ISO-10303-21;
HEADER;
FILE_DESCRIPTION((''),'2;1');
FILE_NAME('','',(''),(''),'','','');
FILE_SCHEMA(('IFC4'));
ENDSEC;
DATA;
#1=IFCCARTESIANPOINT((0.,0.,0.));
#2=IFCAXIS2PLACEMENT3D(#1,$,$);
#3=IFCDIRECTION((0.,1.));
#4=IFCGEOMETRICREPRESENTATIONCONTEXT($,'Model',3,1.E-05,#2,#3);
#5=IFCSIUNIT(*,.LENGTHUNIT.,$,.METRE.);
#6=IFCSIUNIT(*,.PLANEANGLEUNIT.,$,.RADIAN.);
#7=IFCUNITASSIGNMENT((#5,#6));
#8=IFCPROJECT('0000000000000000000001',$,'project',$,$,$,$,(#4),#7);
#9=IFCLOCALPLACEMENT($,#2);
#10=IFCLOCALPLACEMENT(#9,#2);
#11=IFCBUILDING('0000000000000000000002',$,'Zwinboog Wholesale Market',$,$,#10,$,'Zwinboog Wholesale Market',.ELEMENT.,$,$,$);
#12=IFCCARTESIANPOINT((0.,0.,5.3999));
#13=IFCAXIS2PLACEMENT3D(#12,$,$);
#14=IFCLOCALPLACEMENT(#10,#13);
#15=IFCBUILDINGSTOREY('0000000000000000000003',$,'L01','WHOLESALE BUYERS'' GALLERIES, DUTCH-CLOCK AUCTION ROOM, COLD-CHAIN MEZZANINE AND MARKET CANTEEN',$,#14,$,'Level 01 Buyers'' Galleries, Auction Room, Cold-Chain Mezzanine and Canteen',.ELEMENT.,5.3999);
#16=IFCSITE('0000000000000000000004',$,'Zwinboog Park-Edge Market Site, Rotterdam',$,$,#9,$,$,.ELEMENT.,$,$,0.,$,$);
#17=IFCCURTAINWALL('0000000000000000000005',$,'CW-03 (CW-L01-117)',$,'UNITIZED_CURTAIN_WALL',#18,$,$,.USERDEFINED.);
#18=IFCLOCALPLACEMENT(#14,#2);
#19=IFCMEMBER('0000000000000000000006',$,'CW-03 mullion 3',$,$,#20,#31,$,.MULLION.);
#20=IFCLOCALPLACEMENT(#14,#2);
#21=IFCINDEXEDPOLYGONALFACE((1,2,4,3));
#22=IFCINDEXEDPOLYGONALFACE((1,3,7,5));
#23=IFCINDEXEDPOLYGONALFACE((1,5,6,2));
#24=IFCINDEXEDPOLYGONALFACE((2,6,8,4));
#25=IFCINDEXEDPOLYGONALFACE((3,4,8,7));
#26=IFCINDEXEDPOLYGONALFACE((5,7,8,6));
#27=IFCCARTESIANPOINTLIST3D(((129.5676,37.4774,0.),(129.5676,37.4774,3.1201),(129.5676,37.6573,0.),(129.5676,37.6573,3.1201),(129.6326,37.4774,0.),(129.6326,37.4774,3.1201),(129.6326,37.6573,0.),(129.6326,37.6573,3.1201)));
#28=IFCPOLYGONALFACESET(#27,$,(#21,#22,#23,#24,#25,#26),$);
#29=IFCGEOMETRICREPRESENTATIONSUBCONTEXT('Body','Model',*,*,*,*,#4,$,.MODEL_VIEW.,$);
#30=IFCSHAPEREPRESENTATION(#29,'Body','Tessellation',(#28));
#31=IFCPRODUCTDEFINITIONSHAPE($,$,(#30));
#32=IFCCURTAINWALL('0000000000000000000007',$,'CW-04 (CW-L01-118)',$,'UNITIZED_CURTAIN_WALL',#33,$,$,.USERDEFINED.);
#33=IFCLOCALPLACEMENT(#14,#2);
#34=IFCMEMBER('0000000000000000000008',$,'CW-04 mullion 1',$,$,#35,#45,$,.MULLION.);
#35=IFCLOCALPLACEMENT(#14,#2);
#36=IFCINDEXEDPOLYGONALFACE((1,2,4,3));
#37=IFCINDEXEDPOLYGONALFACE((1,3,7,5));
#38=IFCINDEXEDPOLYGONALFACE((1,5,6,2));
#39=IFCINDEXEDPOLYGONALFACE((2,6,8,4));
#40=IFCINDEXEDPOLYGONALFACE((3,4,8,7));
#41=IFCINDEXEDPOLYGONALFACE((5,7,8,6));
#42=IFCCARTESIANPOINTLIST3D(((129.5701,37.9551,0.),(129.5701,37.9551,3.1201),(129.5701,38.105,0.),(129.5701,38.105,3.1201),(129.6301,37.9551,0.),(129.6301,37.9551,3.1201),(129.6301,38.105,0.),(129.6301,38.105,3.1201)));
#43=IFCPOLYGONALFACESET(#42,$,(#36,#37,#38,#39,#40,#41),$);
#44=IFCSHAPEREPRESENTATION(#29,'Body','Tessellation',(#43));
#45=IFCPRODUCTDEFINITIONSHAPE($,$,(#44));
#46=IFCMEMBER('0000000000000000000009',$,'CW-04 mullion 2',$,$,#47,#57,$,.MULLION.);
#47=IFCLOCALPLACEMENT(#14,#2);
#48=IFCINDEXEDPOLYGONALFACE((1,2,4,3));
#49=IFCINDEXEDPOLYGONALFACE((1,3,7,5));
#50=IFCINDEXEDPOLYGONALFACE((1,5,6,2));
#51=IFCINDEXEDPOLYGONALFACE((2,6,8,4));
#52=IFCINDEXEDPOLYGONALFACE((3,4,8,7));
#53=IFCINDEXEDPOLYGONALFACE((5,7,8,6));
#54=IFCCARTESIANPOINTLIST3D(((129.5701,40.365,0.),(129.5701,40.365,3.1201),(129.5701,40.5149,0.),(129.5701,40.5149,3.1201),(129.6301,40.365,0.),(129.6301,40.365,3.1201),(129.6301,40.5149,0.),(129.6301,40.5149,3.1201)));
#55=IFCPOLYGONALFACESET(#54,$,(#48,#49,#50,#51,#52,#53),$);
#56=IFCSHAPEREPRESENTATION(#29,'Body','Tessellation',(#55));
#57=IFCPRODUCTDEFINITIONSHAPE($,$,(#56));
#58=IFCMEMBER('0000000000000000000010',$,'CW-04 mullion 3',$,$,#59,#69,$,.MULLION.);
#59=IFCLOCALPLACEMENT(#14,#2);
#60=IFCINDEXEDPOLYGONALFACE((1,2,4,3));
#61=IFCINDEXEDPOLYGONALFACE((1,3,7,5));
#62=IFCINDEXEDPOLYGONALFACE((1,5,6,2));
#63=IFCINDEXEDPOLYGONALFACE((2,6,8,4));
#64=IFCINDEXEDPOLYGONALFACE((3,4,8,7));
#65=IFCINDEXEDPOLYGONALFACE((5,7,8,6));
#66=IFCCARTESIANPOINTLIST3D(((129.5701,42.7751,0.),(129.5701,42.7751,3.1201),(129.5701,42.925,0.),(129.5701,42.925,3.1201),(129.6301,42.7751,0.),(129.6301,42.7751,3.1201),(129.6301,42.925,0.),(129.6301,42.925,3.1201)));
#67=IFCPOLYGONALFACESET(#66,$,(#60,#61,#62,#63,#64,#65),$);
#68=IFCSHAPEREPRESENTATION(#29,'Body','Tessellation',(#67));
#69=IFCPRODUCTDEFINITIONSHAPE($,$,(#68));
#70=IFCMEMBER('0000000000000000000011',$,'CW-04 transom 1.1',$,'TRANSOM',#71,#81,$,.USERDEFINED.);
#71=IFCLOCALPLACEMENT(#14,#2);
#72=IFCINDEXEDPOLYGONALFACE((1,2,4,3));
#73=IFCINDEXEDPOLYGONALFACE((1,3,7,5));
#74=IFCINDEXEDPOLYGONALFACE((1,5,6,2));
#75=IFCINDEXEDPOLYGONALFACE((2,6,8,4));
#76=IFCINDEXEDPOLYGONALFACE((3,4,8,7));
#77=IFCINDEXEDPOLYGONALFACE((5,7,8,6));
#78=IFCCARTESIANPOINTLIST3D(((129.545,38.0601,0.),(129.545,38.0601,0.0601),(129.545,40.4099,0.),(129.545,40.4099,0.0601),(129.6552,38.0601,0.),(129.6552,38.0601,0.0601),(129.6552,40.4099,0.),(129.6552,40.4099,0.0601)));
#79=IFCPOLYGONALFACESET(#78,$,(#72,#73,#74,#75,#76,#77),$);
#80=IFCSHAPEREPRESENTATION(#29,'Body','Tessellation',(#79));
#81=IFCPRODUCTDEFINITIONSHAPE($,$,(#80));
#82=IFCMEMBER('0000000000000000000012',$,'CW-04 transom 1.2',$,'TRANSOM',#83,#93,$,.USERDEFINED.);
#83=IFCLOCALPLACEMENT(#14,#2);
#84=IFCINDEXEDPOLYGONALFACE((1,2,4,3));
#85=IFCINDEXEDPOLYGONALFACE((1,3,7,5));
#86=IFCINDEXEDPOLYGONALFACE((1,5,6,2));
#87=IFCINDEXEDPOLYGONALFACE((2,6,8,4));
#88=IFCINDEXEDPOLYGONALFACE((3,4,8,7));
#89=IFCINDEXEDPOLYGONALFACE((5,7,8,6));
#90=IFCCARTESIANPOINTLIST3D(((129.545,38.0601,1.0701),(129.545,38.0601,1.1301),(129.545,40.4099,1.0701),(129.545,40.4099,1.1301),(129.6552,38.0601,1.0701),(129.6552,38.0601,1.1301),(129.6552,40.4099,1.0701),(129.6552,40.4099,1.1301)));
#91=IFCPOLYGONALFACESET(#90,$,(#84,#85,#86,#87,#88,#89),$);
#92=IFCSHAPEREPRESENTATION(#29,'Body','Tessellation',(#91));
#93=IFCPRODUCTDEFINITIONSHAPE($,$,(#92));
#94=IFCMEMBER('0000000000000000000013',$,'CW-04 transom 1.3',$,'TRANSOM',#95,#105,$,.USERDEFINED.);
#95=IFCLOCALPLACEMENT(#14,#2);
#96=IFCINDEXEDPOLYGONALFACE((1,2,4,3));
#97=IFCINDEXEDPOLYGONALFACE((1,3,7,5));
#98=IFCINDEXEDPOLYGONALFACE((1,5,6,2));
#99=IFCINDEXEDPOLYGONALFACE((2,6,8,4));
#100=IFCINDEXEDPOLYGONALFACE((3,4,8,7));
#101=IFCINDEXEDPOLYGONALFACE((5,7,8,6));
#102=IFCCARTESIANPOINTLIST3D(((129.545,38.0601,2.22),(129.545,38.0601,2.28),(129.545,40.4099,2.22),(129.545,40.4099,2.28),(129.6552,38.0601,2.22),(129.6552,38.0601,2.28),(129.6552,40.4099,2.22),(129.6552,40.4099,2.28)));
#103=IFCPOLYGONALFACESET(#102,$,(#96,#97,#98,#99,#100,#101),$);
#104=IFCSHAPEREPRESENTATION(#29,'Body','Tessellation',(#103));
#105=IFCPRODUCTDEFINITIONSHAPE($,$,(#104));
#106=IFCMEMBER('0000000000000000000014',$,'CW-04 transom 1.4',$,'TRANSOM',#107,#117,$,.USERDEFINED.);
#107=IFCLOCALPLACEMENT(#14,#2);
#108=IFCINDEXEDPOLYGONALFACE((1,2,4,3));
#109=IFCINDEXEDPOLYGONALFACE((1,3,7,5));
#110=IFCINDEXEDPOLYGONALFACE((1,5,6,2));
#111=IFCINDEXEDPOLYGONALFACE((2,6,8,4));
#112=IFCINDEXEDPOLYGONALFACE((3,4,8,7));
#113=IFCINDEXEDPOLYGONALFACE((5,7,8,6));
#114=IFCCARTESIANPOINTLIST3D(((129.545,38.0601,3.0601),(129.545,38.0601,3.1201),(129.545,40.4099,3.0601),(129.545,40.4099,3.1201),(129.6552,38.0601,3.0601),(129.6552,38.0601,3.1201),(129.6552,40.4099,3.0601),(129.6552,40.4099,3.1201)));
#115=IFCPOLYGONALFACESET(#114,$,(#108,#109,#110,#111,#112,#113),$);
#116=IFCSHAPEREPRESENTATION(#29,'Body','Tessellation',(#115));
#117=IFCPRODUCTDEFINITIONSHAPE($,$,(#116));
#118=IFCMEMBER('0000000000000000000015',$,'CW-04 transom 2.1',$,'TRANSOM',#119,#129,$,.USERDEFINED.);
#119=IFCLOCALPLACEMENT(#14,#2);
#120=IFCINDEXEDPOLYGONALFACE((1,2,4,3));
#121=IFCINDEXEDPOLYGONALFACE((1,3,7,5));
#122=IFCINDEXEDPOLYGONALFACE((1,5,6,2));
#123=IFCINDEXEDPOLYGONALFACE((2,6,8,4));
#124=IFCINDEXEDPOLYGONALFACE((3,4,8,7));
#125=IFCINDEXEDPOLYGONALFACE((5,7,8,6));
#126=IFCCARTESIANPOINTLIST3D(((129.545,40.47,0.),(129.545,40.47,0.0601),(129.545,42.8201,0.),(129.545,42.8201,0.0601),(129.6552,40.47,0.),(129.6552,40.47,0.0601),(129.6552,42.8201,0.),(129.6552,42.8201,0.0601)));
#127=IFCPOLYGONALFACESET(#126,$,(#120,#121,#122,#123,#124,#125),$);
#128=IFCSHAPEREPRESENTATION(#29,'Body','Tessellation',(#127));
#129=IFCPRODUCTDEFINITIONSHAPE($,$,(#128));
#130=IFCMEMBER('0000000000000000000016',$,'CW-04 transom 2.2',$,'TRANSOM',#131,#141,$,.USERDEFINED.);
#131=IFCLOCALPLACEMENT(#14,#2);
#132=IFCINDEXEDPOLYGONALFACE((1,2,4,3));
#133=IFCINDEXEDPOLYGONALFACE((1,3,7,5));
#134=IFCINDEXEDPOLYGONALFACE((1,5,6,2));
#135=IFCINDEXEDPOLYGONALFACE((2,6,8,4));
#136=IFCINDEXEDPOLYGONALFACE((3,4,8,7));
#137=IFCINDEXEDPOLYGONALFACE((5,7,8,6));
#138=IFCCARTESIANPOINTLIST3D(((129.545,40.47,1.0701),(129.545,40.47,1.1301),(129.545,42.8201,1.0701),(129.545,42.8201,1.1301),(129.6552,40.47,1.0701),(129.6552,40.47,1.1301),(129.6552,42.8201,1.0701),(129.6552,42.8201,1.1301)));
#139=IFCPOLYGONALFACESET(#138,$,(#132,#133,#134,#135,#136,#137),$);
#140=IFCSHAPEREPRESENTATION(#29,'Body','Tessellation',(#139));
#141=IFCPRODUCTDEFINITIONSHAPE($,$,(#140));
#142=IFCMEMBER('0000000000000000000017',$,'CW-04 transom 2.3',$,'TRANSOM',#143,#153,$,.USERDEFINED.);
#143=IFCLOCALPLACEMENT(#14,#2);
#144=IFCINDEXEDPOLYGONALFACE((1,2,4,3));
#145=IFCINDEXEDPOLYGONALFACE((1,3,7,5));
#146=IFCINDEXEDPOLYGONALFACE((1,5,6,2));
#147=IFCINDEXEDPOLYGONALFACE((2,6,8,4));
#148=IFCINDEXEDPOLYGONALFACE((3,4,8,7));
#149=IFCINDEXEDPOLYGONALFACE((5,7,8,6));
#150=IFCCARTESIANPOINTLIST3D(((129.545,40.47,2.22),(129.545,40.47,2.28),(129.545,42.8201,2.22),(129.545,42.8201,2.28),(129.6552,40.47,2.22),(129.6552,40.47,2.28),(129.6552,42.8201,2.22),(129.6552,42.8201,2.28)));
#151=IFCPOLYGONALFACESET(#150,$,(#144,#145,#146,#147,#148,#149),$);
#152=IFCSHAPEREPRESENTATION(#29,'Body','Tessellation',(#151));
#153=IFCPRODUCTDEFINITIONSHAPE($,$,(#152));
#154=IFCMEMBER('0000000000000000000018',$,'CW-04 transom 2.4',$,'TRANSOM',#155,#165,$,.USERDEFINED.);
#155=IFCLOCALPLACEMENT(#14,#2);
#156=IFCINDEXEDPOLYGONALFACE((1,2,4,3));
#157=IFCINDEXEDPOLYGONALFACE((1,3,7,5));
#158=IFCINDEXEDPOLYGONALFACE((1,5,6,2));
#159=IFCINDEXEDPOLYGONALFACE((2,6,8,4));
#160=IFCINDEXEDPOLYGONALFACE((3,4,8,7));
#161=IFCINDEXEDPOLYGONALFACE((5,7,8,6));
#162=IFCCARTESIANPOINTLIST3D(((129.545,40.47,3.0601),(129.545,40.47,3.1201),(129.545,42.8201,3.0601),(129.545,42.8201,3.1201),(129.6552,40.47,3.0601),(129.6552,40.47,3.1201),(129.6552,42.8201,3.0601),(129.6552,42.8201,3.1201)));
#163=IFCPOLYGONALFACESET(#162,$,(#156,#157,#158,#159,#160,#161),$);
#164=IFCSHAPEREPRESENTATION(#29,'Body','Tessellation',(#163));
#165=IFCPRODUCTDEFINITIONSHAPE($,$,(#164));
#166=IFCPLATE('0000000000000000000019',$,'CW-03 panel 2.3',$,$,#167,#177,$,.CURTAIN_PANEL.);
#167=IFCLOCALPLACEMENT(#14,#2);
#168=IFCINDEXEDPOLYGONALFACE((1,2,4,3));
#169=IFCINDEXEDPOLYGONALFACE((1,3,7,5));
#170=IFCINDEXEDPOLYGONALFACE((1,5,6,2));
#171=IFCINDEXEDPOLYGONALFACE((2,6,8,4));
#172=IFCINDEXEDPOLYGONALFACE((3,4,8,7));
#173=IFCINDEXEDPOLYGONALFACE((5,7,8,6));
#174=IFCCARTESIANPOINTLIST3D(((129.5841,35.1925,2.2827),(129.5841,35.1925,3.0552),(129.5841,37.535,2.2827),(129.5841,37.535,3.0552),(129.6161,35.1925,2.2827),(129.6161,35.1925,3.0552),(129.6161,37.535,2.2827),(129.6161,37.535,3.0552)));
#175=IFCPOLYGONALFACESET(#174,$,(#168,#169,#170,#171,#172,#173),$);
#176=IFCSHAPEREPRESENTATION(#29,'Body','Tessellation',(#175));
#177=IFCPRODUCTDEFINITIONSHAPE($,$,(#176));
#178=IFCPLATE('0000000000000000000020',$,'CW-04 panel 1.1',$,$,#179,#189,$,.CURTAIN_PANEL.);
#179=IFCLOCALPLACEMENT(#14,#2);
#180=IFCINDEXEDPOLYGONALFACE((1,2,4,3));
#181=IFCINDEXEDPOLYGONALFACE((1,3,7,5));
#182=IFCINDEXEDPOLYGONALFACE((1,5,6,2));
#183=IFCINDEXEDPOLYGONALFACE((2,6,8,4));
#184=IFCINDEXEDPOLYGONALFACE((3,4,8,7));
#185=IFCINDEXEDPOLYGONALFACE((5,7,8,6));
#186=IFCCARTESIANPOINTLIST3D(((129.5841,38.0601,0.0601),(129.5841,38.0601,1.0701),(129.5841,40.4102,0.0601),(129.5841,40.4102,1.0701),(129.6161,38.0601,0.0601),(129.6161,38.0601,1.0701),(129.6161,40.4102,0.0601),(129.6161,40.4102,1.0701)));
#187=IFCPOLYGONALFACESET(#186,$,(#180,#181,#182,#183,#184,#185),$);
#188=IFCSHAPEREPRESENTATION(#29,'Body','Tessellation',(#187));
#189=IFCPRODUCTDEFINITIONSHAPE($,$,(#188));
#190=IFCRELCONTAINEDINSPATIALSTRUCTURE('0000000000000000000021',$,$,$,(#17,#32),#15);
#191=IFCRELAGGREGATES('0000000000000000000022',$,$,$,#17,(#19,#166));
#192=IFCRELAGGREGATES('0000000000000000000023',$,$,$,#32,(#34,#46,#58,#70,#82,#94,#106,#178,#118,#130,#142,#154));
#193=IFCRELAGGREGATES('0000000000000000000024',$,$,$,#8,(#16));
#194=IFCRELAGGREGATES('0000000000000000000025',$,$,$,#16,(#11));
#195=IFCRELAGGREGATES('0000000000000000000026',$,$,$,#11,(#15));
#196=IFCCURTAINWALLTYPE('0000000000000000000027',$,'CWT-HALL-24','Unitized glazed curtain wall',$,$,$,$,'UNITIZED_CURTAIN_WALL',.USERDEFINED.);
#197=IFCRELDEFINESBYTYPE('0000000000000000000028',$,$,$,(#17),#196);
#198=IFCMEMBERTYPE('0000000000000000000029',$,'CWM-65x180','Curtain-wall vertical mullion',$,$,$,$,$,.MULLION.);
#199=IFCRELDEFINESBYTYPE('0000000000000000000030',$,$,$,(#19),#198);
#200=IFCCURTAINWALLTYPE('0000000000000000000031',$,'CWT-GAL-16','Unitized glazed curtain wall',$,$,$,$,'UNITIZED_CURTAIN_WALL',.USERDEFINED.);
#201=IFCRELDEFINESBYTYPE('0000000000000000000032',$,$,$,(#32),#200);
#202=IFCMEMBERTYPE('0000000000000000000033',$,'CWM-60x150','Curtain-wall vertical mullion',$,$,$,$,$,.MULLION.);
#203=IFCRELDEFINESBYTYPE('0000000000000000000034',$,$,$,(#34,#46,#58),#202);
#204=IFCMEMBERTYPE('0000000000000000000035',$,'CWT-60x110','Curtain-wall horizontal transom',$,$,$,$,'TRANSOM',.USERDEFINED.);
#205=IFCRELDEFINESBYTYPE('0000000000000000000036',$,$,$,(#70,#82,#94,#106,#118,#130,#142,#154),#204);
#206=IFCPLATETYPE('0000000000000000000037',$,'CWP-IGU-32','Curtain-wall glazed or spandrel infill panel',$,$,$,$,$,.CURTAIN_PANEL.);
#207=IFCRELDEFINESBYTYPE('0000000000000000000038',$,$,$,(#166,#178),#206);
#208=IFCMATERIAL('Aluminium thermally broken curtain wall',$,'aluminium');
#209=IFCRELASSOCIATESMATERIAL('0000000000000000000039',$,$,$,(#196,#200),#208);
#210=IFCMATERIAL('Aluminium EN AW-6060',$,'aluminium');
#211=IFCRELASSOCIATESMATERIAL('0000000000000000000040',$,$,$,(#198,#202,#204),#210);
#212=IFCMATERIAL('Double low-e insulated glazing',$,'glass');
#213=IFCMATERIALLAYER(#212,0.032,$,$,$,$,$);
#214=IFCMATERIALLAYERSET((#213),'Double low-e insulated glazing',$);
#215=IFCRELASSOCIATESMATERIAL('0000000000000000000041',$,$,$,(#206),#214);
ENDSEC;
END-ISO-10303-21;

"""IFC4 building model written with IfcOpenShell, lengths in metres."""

from ifc_helpers import new_model, si_unit, direction, frame, origin, origin_2d, place, context, subcontext, project, spatial, rectangle, extrude, material, layer, layer_set, material_profile, profile_set, type_object, element, aggregate, save


model = new_model("IFC4")

# Units and contexts
model_context = context("Model", 3, precision=1e-05, world=origin(), true_north=direction((0.0, 1.0)))
body_context = subcontext(model_context, "Body", "Model", "MODEL_VIEW")
ifc_project = project(units=[si_unit("LENGTHUNIT", "METRE"), si_unit("PLANEANGLEUNIT", "RADIAN")], contexts=[model_context])

# Site, building, storey
site_placement = place(None, origin())
site = spatial("IfcSite", under=ifc_project, at=site_placement, Name="Zwinboog Park-Edge Market Site, Rotterdam", CompositionType="ELEMENT", RefElevation=0.0)
building_placement = place(site_placement, origin())
building = spatial("IfcBuilding", under=site, at=building_placement, Name="Zwinboog Wholesale Market", LongName="Zwinboog Wholesale Market", CompositionType="ELEMENT")
storey_placement = place(building_placement, frame((0.0, 0.0, 5.3999)))
storey = spatial("IfcBuildingStorey", under=building, at=storey_placement, Name="L01", Description="WHOLESALE BUYERS' GALLERIES, DUTCH-CLOCK AUCTION ROOM, COLD-CHAIN MEZZANINE AND MARKET CANTEEN", LongName="Level 01 Buyers' Galleries, Auction Room, Cold-Chain Mezzanine and Canteen", CompositionType="ELEMENT", Elevation=5.3999)

# Curtain wall, member
ifc_material_1 = material(Name="Aluminium thermally broken curtain wall", Category="aluminium")
curtain_wall_type_1 = type_object("IfcCurtainWallType", Name="CWT-HALL-24", Description="Unitized glazed curtain wall", ElementType="UNITIZED_CURTAIN_WALL", PredefinedType="USERDEFINED", material=ifc_material_1)
curtain_wall_1_placement = place(storey_placement, origin())
curtain_wall_1 = element("IfcCurtainWall", 1, at=curtain_wall_1_placement, inside=storey, type_object=curtain_wall_type_1, Name="CW-03 (CW-L01-117)", ObjectType="UNITIZED_CURTAIN_WALL", PredefinedType="USERDEFINED")
ifc_material_2 = material(Name="Aluminium EN AW-6060", Category="aluminium")
ifc_material_profile_1 = material_profile(ifc_material_2, rectangle(XDim=0.0649, YDim=0.1799, at=origin_2d()), Name="AL 65x180")
ifc_profile_set_1 = profile_set([ifc_material_profile_1], Name="Aluminium EN AW-6060")
member_type_1 = type_object("IfcMemberType", Name="CWM-65x180", Description="Curtain-wall vertical mullion", PredefinedType="MULLION", material=ifc_profile_set_1)
member_1_placement = place(storey_placement, frame((129.6001, 37.5674, 0.0), z_axis=(0.0, 0.0, 1.0), x_axis=(-1.0, 0.0, 0.0)))
member_1 = element("IfcMember", 2, at=member_1_placement, type_object=member_type_1, Name="CW-03 mullion 3", PredefinedType="MULLION", context=body_context, shape_type="SweptSolid", body=[
    extrude(rectangle(XDim=0.0649, YDim=0.1799, at=origin_2d()), origin(), (0.0, 0.0, 1.0), 3.1201),
])

# Curtain wall, members
curtain_wall_type_2 = type_object("IfcCurtainWallType", Name="CWT-GAL-16", Description="Unitized glazed curtain wall", ElementType="UNITIZED_CURTAIN_WALL", PredefinedType="USERDEFINED", material=ifc_material_1)
curtain_wall_2_placement = place(storey_placement, origin())
curtain_wall_2 = element("IfcCurtainWall", 3, at=curtain_wall_2_placement, inside=storey, type_object=curtain_wall_type_2, Name="CW-04 (CW-L01-118)", ObjectType="UNITIZED_CURTAIN_WALL", PredefinedType="USERDEFINED")
ifc_material_profile_2 = material_profile(ifc_material_2, rectangle(XDim=0.0601, YDim=0.1499, at=origin_2d()), Name="AL 60x150")
ifc_profile_set_2 = profile_set([ifc_material_profile_2], Name="Aluminium EN AW-6060")
member_type_2 = type_object("IfcMemberType", Name="CWM-60x150", Description="Curtain-wall vertical mullion", PredefinedType="MULLION", material=ifc_profile_set_2)
member_2_placement = place(storey_placement, frame((129.6001, 38.03, 0.0), z_axis=(0.0, 0.0, 1.0), x_axis=(-1.0, 0.0, 0.0)))
member_2 = element("IfcMember", 4, at=member_2_placement, type_object=member_type_2, Name="CW-04 mullion 1", PredefinedType="MULLION", context=body_context, shape_type="SweptSolid", body=[
    extrude(rectangle(XDim=0.0601, YDim=0.1499, at=origin_2d()), origin(), (0.0, 0.0, 1.0), 3.1201),
])
member_3_placement = place(storey_placement, frame((129.6001, 40.4399, 0.0), z_axis=(0.0, 0.0, 1.0), x_axis=(-1.0, 0.0, 0.0)))
member_3 = element("IfcMember", 5, at=member_3_placement, type_object=member_type_2, Name="CW-04 mullion 2", PredefinedType="MULLION", context=body_context, shape_type="SweptSolid", body=[
    extrude(rectangle(XDim=0.0601, YDim=0.1499, at=origin_2d()), origin(), (0.0, 0.0, 1.0), 3.1201),
])
member_4_placement = place(storey_placement, frame((129.6001, 42.8501, 0.0), z_axis=(0.0, 0.0, 1.0), x_axis=(-1.0, 0.0, 0.0)))
member_4 = element("IfcMember", 6, at=member_4_placement, type_object=member_type_2, Name="CW-04 mullion 3", PredefinedType="MULLION", context=body_context, shape_type="SweptSolid", body=[
    extrude(rectangle(XDim=0.0601, YDim=0.1499, at=origin_2d()), origin(), (0.0, 0.0, 1.0), 3.1201),
])
ifc_material_profile_3 = material_profile(ifc_material_2, rectangle(XDim=0.1101, YDim=0.0601, at=origin_2d()), Name="AL 60x110")
ifc_profile_set_3 = profile_set([ifc_material_profile_3], Name="Aluminium EN AW-6060")
member_type_3 = type_object("IfcMemberType", Name="CWT-60x110", Description="Curtain-wall horizontal transom", ElementType="TRANSOM", PredefinedType="USERDEFINED", material=ifc_profile_set_3)
member_5_placement = place(storey_placement, frame((129.6001, 38.0601, 0.03), z_axis=(0.0, 1.0, 0.0), x_axis=(-1.0, 0.0, 0.0)))
member_5 = element("IfcMember", 7, at=member_5_placement, type_object=member_type_3, Name="CW-04 transom 1.1", ObjectType="TRANSOM", PredefinedType="USERDEFINED", context=body_context, shape_type="SweptSolid", body=[
    extrude(rectangle(XDim=0.1101, YDim=0.0601, at=origin_2d()), origin(), (0.0, 0.0, 1.0), 2.3499),
])
member_6_placement = place(storey_placement, frame((129.6001, 38.0601, 1.1001), z_axis=(0.0, 1.0, 0.0), x_axis=(-1.0, 0.0, 0.0)))
member_6 = element("IfcMember", 8, at=member_6_placement, type_object=member_type_3, Name="CW-04 transom 1.2", ObjectType="TRANSOM", PredefinedType="USERDEFINED", context=body_context, shape_type="SweptSolid", body=[
    extrude(rectangle(XDim=0.1101, YDim=0.0601, at=origin_2d()), origin(), (0.0, 0.0, 1.0), 2.3499),
])
member_7_placement = place(storey_placement, frame((129.6001, 38.0601, 2.25), z_axis=(0.0, 1.0, 0.0), x_axis=(-1.0, 0.0, 0.0)))
member_7 = element("IfcMember", 9, at=member_7_placement, type_object=member_type_3, Name="CW-04 transom 1.3", ObjectType="TRANSOM", PredefinedType="USERDEFINED", context=body_context, shape_type="SweptSolid", body=[
    extrude(rectangle(XDim=0.1101, YDim=0.0601, at=origin_2d()), origin(), (0.0, 0.0, 1.0), 2.3499),
])
member_8_placement = place(storey_placement, frame((129.6001, 38.0601, 3.0901), z_axis=(0.0, 1.0, 0.0), x_axis=(-1.0, 0.0, 0.0)))
member_8 = element("IfcMember", 10, at=member_8_placement, type_object=member_type_3, Name="CW-04 transom 1.4", ObjectType="TRANSOM", PredefinedType="USERDEFINED", context=body_context, shape_type="SweptSolid", body=[
    extrude(rectangle(XDim=0.1101, YDim=0.0601, at=origin_2d()), origin(), (0.0, 0.0, 1.0), 2.3499),
])
member_9_placement = place(storey_placement, frame((129.6001, 40.47, 0.03), z_axis=(0.0, 1.0, 0.0), x_axis=(-1.0, 0.0, 0.0)))
member_9 = element("IfcMember", 11, at=member_9_placement, type_object=member_type_3, Name="CW-04 transom 2.1", ObjectType="TRANSOM", PredefinedType="USERDEFINED", context=body_context, shape_type="SweptSolid", body=[
    extrude(rectangle(XDim=0.1101, YDim=0.0601, at=origin_2d()), origin(), (0.0, 0.0, 1.0), 2.3501),
])
member_10_placement = place(storey_placement, frame((129.6001, 40.47, 1.1001), z_axis=(0.0, 1.0, 0.0), x_axis=(-1.0, 0.0, 0.0)))
member_10 = element("IfcMember", 12, at=member_10_placement, type_object=member_type_3, Name="CW-04 transom 2.2", ObjectType="TRANSOM", PredefinedType="USERDEFINED", context=body_context, shape_type="SweptSolid", body=[
    extrude(rectangle(XDim=0.1101, YDim=0.0601, at=origin_2d()), origin(), (0.0, 0.0, 1.0), 2.3501),
])
member_11_placement = place(storey_placement, frame((129.6001, 40.47, 2.25), z_axis=(0.0, 1.0, 0.0), x_axis=(-1.0, 0.0, 0.0)))
member_11 = element("IfcMember", 13, at=member_11_placement, type_object=member_type_3, Name="CW-04 transom 2.3", ObjectType="TRANSOM", PredefinedType="USERDEFINED", context=body_context, shape_type="SweptSolid", body=[
    extrude(rectangle(XDim=0.1101, YDim=0.0601, at=origin_2d()), origin(), (0.0, 0.0, 1.0), 2.3501),
])
member_12_placement = place(storey_placement, frame((129.6001, 40.47, 3.0901), z_axis=(0.0, 1.0, 0.0), x_axis=(-1.0, 0.0, 0.0)))
member_12 = element("IfcMember", 14, at=member_12_placement, type_object=member_type_3, Name="CW-04 transom 2.4", ObjectType="TRANSOM", PredefinedType="USERDEFINED", context=body_context, shape_type="SweptSolid", body=[
    extrude(rectangle(XDim=0.1101, YDim=0.0601, at=origin_2d()), origin(), (0.0, 0.0, 1.0), 2.3501),
])

# Plates
ifc_material_3 = material(Name="Double low-e insulated glazing", Category="glass")
ifc_layer_1 = layer(ifc_material_3, 0.032)
ifc_layer_set_1 = layer_set([ifc_layer_1], Name="Double low-e insulated glazing")
plate_type = type_object("IfcPlateType", Name="CWP-IGU-32", Description="Curtain-wall glazed or spandrel infill panel", PredefinedType="CURTAIN_PANEL", material=ifc_layer_set_1)
plate_1_placement = place(storey_placement, frame((129.6001, 36.3638, 2.2827), z_axis=(0.0, 0.0, 1.0), x_axis=(0.0, 1.0, 0.0)))
plate_1 = element("IfcPlate", 15, at=plate_1_placement, type_object=plate_type, Name="CW-03 panel 2.3", PredefinedType="CURTAIN_PANEL", context=body_context, shape_type="SweptSolid", body=[
    extrude(rectangle(XDim=2.3425, YDim=0.032, at=origin_2d()), origin(), (0.0, 0.0, 1.0), 0.7725),
])
aggregate(curtain_wall_1, [member_1, plate_1])
plate_2_placement = place(storey_placement, frame((129.6001, 39.2351, 0.0601), z_axis=(0.0, 0.0, 1.0), x_axis=(0.0, 1.0, 0.0)))
plate_2 = element("IfcPlate", 16, at=plate_2_placement, type_object=plate_type, Name="CW-04 panel 1.1", PredefinedType="CURTAIN_PANEL", context=body_context, shape_type="SweptSolid", body=[
    extrude(rectangle(XDim=2.3501, YDim=0.032, at=origin_2d()), origin(), (0.0, 0.0, 1.0), 1.01),
])
aggregate(curtain_wall_2, [member_2, member_3, member_4, member_5, member_6, member_7, member_8, plate_2, member_9, member_10, member_11, member_12])

save(model, "model.ifc")
